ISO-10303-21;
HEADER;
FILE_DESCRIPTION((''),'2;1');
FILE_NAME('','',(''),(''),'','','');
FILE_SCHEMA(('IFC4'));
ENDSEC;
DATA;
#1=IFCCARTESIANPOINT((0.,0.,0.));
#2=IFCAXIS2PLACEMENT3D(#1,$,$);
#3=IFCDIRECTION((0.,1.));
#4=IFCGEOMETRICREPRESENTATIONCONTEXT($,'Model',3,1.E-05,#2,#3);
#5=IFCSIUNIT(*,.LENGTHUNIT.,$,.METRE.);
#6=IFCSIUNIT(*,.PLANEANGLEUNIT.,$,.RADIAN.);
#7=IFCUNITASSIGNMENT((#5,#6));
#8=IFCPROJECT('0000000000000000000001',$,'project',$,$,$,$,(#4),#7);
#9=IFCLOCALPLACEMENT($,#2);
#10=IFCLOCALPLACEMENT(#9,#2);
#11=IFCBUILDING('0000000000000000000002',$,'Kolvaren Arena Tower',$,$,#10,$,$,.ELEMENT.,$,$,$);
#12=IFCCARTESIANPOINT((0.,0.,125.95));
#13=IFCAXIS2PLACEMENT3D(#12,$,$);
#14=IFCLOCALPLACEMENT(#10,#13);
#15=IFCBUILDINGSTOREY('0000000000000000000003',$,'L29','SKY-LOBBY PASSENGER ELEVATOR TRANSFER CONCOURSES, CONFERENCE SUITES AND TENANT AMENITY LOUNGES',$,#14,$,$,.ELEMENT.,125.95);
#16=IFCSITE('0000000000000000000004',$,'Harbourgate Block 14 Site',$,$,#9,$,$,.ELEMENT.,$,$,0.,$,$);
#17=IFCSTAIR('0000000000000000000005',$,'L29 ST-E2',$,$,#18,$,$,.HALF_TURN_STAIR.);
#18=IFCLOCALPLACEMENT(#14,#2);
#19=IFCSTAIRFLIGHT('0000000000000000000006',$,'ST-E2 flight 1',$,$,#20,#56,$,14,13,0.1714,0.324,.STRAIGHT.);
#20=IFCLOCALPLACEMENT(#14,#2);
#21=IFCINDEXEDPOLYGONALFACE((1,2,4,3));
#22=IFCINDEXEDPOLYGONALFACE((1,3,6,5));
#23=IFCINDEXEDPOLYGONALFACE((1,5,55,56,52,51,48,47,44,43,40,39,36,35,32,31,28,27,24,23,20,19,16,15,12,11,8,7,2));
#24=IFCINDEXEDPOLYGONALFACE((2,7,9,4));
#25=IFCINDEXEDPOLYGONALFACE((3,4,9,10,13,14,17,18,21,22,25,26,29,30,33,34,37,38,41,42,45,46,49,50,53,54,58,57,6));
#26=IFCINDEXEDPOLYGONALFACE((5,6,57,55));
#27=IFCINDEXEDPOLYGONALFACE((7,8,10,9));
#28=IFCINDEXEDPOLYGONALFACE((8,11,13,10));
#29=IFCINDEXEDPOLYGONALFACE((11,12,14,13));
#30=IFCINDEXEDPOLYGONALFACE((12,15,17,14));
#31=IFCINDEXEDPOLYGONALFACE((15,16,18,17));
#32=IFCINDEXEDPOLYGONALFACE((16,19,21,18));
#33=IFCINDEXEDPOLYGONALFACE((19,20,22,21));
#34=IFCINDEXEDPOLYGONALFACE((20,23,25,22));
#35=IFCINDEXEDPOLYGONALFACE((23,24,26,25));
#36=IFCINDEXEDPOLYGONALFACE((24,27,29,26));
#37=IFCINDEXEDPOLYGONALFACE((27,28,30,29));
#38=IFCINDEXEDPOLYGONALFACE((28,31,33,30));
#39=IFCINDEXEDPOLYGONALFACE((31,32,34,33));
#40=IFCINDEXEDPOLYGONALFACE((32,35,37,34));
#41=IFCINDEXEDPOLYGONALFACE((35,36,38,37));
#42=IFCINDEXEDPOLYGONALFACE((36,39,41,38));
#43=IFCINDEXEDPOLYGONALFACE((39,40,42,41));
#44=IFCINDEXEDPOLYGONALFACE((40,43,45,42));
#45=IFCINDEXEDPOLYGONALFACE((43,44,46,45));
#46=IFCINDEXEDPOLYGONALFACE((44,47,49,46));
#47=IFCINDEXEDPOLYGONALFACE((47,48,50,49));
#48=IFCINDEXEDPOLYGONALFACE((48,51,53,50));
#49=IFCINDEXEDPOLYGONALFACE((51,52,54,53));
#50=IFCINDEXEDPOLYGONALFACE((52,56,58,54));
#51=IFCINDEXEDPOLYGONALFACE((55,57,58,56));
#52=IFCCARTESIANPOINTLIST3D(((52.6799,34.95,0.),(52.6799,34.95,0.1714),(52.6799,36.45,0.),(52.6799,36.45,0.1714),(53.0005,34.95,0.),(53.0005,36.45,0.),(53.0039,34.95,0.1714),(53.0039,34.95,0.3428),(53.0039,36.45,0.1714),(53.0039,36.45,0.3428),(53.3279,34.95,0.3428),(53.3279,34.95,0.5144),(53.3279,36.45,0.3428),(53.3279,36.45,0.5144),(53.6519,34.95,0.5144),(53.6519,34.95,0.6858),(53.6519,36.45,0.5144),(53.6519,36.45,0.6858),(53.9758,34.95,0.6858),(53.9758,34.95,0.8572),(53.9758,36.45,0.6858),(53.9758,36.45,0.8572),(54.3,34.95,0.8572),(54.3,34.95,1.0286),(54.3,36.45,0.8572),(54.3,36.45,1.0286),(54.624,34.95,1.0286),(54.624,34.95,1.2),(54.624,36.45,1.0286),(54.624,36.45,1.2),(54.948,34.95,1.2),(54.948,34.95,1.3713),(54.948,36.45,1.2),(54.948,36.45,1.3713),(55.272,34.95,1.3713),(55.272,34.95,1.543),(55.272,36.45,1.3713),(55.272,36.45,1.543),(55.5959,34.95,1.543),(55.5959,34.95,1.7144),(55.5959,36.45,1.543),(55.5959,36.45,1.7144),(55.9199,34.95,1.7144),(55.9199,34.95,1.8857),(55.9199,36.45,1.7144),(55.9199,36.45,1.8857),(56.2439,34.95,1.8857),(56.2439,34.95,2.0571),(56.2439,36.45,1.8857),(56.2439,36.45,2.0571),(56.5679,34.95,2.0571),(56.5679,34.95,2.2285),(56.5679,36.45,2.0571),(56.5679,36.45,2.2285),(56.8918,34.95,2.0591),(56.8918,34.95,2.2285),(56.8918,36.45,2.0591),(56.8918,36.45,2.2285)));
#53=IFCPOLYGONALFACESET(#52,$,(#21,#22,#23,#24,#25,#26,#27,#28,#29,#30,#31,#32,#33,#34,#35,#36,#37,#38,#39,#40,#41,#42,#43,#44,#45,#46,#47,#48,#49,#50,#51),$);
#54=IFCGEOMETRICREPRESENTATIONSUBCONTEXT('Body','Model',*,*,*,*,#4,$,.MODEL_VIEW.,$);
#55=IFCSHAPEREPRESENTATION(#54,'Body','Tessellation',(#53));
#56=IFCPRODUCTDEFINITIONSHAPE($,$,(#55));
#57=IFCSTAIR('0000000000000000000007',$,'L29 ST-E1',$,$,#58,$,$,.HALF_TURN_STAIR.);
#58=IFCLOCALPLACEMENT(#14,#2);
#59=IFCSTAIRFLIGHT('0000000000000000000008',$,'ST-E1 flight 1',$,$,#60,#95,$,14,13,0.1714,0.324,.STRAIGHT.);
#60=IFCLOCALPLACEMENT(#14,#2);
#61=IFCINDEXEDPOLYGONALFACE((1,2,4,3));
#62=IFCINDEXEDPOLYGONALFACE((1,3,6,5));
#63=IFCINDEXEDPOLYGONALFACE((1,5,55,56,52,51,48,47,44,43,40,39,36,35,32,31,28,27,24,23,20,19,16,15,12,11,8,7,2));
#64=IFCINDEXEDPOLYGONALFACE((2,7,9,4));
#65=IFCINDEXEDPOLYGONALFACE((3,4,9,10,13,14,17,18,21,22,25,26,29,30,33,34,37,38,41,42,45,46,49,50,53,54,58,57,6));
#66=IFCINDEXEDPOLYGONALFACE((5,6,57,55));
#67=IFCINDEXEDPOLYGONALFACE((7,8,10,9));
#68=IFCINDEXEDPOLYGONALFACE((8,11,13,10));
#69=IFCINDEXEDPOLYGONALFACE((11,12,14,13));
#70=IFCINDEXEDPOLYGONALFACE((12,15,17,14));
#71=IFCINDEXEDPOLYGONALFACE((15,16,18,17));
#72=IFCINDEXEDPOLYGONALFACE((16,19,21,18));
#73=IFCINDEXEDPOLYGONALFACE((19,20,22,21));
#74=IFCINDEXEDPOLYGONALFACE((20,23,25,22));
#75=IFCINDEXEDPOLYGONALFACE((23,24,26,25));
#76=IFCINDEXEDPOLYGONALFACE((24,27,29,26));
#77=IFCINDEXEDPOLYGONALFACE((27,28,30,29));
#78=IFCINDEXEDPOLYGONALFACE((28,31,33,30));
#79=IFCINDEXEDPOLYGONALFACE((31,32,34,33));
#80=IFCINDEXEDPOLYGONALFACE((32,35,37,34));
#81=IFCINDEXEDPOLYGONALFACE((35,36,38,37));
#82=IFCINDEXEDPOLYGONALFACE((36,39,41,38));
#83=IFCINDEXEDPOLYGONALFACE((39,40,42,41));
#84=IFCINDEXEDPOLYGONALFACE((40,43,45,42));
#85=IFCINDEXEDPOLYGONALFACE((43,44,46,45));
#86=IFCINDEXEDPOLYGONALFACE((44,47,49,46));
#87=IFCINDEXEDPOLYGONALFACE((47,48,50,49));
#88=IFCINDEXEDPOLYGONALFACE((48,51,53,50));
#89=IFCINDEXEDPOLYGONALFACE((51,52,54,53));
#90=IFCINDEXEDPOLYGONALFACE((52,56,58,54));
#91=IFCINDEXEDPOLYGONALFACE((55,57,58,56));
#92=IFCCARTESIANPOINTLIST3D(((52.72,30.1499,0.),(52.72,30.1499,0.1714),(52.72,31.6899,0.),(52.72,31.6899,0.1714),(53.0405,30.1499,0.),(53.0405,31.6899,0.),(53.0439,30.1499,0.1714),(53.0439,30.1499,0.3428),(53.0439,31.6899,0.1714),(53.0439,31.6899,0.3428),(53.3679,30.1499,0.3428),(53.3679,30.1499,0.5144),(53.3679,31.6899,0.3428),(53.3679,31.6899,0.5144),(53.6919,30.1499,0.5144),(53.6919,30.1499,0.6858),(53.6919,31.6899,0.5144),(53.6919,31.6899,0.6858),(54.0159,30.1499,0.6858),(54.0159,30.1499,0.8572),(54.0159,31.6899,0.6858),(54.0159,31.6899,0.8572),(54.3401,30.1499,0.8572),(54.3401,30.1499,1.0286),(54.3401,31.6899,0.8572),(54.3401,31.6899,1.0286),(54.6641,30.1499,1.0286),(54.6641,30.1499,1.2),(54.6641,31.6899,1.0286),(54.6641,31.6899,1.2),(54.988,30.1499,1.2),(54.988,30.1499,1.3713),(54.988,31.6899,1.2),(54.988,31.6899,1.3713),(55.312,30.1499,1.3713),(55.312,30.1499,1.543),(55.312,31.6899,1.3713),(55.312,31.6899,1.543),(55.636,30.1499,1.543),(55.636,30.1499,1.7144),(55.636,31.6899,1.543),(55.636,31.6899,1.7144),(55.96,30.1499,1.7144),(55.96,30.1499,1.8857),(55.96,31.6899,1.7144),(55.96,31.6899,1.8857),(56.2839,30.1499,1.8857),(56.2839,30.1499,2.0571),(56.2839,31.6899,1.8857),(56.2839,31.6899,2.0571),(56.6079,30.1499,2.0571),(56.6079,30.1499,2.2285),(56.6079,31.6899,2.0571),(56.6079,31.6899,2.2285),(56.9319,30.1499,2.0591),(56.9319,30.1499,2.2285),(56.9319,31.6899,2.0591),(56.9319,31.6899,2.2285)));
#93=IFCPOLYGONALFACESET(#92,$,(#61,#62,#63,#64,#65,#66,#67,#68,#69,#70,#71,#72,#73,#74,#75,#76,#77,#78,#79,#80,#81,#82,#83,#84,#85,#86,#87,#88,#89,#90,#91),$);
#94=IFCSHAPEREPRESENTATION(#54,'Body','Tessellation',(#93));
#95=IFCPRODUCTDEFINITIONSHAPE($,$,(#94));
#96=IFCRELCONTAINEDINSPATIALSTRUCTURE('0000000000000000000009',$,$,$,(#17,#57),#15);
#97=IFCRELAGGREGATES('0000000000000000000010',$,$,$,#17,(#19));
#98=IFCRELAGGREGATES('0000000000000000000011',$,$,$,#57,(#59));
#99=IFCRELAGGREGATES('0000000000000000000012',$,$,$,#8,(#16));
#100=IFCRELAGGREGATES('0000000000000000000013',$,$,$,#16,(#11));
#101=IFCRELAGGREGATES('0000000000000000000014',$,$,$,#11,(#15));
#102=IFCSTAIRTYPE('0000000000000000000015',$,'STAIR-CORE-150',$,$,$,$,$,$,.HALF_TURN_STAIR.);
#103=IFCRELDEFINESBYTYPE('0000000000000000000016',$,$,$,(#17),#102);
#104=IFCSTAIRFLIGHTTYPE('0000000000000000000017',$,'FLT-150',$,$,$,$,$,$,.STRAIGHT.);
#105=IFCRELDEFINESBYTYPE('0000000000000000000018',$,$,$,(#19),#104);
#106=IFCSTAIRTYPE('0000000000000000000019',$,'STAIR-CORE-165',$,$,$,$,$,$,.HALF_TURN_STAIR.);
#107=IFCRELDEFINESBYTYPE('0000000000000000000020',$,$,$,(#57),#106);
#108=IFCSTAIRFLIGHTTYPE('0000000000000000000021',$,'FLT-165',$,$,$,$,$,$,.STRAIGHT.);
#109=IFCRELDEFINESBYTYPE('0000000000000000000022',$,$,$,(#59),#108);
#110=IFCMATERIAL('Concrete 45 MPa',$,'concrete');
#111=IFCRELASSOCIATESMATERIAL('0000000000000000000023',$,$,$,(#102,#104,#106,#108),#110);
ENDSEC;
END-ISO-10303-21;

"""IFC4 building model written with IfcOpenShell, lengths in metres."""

from ifc_helpers import new_model, si_unit, direction, frame, origin, place, context, subcontext, project, spatial, polyline, outline, extrude, material, type_object, element, aggregate, save


model = new_model("IFC4")

# Units and contexts
model_context = context("Model", 3, precision=1e-05, world=origin(), true_north=direction((0.0, 1.0)))
body_context = subcontext(model_context, "Body", "Model", "MODEL_VIEW")
ifc_project = project(units=[si_unit("LENGTHUNIT", "METRE"), si_unit("PLANEANGLEUNIT", "RADIAN")], contexts=[model_context])

# Site, building, storey
site_placement = place(None, origin())
site = spatial("IfcSite", under=ifc_project, at=site_placement, Name="Harbourgate Block 14 Site", CompositionType="ELEMENT", RefElevation=0.0)
building_placement = place(site_placement, origin())
building = spatial("IfcBuilding", under=site, at=building_placement, Name="Kolvaren Arena Tower", CompositionType="ELEMENT")
storey_placement = place(building_placement, frame((0.0, 0.0, 125.95)))
storey = spatial("IfcBuildingStorey", under=building, at=storey_placement, Name="L29", Description="SKY-LOBBY PASSENGER ELEVATOR TRANSFER CONCOURSES, CONFERENCE SUITES AND TENANT AMENITY LOUNGES", CompositionType="ELEMENT", Elevation=125.95)

# Shared definitions
ifc_material_1 = material(Name="Concrete 45 MPa", Category="concrete")

# Stairs, stair flights
stair_type_1 = type_object("IfcStairType", Name="STAIR-CORE-150", PredefinedType="HALF_TURN_STAIR", material=ifc_material_1)
stair_1_placement = place(storey_placement, origin())
stair_1 = element("IfcStair", 1, at=stair_1_placement, inside=storey, type_object=stair_type_1, Name="L29 ST-E2", PredefinedType="HALF_TURN_STAIR")
stair_flight_type_1 = type_object("IfcStairFlightType", Name="FLT-150", PredefinedType="STRAIGHT", material=ifc_material_1)
stair_flight_1_placement = place(storey_placement, frame((52.6799, 35.7, 0.0), z_axis=(0.0, 0.0, 1.0), x_axis=(1.0, 0.0, 0.0)))
stair_flight_1 = element("IfcStairFlight", 2, at=stair_flight_1_placement, type_object=stair_flight_type_1, Name="ST-E2 flight 1", NumberOfRisers=14, NumberOfTreads=13, PredefinedType="STRAIGHT", RiserHeight=0.1714, TreadLength=0.324, context=body_context, shape_type="SweptSolid", body=[
    extrude(outline(polyline([(0.0, 0.0), (0.0, 0.1714), (0.324, 0.1714), (0.324, 0.3428), (0.6479, 0.3428), (0.6479, 0.5144), (0.9719, 0.5144), (0.9719, 0.6858), (1.2959, 0.6858), (1.2959, 0.8572), (1.6201, 0.8572), (1.6201, 1.0286), (1.9441, 1.0286), (1.9441, 1.2), (2.2681, 1.2), (2.2681, 1.3713), (2.592, 1.3713), (2.592, 1.543), (2.916, 1.543), (2.916, 1.7144), (3.24, 1.7144), (3.24, 1.8857), (3.564, 1.8857), (3.564, 2.0571), (3.8879, 2.0571), (3.8879, 2.2285), (4.2119, 2.2285), (4.2119, 2.3999), (4.2119, 2.0591), (0.3206, 0.0), (0.0, 0.0)])), frame((0.0, 0.75, 0.0), z_axis=(0.0, -1.0, 0.0), x_axis=(1.0, 0.0, 0.0)), (0.0, 0.0, 1.0), 1.5),
])
aggregate(stair_1, [stair_flight_1])
stair_type_2 = type_object("IfcStairType", Name="STAIR-CORE-165", PredefinedType="HALF_TURN_STAIR", material=ifc_material_1)
stair_2_placement = place(storey_placement, origin())
stair_2 = element("IfcStair", 3, at=stair_2_placement, inside=storey, type_object=stair_type_2, Name="L29 ST-E1", PredefinedType="HALF_TURN_STAIR")
stair_flight_type_2 = type_object("IfcStairFlightType", Name="FLT-165", PredefinedType="STRAIGHT", material=ifc_material_1)
stair_flight_2_placement = place(storey_placement, frame((52.72, 30.9199, 0.0), z_axis=(0.0, 0.0, 1.0), x_axis=(1.0, 0.0, 0.0)))
stair_flight_2 = element("IfcStairFlight", 4, at=stair_flight_2_placement, type_object=stair_flight_type_2, Name="ST-E1 flight 1", NumberOfRisers=14, NumberOfTreads=13, PredefinedType="STRAIGHT", RiserHeight=0.1714, TreadLength=0.324, context=body_context, shape_type="SweptSolid", body=[
    extrude(outline(polyline([(0.0, 0.0), (0.0, 0.1714), (0.324, 0.1714), (0.324, 0.3428), (0.6479, 0.3428), (0.6479, 0.5144), (0.9719, 0.5144), (0.9719, 0.6858), (1.2959, 0.6858), (1.2959, 0.8572), (1.6201, 0.8572), (1.6201, 1.0286), (1.9441, 1.0286), (1.9441, 1.2), (2.2681, 1.2), (2.2681, 1.3713), (2.592, 1.3713), (2.592, 1.543), (2.916, 1.543), (2.916, 1.7144), (3.24, 1.7144), (3.24, 1.8857), (3.564, 1.8857), (3.564, 2.0571), (3.8879, 2.0571), (3.8879, 2.2285), (4.2119, 2.2285), (4.2119, 2.3999), (4.2119, 2.0591), (0.3206, 0.0), (0.0, 0.0)])), frame((0.0, 0.77, 0.0), z_axis=(0.0, -1.0, 0.0), x_axis=(1.0, 0.0, 0.0)), (0.0, 0.0, 1.0), 1.54),
])
aggregate(stair_2, [stair_flight_2])

save(model, "model.ifc")
